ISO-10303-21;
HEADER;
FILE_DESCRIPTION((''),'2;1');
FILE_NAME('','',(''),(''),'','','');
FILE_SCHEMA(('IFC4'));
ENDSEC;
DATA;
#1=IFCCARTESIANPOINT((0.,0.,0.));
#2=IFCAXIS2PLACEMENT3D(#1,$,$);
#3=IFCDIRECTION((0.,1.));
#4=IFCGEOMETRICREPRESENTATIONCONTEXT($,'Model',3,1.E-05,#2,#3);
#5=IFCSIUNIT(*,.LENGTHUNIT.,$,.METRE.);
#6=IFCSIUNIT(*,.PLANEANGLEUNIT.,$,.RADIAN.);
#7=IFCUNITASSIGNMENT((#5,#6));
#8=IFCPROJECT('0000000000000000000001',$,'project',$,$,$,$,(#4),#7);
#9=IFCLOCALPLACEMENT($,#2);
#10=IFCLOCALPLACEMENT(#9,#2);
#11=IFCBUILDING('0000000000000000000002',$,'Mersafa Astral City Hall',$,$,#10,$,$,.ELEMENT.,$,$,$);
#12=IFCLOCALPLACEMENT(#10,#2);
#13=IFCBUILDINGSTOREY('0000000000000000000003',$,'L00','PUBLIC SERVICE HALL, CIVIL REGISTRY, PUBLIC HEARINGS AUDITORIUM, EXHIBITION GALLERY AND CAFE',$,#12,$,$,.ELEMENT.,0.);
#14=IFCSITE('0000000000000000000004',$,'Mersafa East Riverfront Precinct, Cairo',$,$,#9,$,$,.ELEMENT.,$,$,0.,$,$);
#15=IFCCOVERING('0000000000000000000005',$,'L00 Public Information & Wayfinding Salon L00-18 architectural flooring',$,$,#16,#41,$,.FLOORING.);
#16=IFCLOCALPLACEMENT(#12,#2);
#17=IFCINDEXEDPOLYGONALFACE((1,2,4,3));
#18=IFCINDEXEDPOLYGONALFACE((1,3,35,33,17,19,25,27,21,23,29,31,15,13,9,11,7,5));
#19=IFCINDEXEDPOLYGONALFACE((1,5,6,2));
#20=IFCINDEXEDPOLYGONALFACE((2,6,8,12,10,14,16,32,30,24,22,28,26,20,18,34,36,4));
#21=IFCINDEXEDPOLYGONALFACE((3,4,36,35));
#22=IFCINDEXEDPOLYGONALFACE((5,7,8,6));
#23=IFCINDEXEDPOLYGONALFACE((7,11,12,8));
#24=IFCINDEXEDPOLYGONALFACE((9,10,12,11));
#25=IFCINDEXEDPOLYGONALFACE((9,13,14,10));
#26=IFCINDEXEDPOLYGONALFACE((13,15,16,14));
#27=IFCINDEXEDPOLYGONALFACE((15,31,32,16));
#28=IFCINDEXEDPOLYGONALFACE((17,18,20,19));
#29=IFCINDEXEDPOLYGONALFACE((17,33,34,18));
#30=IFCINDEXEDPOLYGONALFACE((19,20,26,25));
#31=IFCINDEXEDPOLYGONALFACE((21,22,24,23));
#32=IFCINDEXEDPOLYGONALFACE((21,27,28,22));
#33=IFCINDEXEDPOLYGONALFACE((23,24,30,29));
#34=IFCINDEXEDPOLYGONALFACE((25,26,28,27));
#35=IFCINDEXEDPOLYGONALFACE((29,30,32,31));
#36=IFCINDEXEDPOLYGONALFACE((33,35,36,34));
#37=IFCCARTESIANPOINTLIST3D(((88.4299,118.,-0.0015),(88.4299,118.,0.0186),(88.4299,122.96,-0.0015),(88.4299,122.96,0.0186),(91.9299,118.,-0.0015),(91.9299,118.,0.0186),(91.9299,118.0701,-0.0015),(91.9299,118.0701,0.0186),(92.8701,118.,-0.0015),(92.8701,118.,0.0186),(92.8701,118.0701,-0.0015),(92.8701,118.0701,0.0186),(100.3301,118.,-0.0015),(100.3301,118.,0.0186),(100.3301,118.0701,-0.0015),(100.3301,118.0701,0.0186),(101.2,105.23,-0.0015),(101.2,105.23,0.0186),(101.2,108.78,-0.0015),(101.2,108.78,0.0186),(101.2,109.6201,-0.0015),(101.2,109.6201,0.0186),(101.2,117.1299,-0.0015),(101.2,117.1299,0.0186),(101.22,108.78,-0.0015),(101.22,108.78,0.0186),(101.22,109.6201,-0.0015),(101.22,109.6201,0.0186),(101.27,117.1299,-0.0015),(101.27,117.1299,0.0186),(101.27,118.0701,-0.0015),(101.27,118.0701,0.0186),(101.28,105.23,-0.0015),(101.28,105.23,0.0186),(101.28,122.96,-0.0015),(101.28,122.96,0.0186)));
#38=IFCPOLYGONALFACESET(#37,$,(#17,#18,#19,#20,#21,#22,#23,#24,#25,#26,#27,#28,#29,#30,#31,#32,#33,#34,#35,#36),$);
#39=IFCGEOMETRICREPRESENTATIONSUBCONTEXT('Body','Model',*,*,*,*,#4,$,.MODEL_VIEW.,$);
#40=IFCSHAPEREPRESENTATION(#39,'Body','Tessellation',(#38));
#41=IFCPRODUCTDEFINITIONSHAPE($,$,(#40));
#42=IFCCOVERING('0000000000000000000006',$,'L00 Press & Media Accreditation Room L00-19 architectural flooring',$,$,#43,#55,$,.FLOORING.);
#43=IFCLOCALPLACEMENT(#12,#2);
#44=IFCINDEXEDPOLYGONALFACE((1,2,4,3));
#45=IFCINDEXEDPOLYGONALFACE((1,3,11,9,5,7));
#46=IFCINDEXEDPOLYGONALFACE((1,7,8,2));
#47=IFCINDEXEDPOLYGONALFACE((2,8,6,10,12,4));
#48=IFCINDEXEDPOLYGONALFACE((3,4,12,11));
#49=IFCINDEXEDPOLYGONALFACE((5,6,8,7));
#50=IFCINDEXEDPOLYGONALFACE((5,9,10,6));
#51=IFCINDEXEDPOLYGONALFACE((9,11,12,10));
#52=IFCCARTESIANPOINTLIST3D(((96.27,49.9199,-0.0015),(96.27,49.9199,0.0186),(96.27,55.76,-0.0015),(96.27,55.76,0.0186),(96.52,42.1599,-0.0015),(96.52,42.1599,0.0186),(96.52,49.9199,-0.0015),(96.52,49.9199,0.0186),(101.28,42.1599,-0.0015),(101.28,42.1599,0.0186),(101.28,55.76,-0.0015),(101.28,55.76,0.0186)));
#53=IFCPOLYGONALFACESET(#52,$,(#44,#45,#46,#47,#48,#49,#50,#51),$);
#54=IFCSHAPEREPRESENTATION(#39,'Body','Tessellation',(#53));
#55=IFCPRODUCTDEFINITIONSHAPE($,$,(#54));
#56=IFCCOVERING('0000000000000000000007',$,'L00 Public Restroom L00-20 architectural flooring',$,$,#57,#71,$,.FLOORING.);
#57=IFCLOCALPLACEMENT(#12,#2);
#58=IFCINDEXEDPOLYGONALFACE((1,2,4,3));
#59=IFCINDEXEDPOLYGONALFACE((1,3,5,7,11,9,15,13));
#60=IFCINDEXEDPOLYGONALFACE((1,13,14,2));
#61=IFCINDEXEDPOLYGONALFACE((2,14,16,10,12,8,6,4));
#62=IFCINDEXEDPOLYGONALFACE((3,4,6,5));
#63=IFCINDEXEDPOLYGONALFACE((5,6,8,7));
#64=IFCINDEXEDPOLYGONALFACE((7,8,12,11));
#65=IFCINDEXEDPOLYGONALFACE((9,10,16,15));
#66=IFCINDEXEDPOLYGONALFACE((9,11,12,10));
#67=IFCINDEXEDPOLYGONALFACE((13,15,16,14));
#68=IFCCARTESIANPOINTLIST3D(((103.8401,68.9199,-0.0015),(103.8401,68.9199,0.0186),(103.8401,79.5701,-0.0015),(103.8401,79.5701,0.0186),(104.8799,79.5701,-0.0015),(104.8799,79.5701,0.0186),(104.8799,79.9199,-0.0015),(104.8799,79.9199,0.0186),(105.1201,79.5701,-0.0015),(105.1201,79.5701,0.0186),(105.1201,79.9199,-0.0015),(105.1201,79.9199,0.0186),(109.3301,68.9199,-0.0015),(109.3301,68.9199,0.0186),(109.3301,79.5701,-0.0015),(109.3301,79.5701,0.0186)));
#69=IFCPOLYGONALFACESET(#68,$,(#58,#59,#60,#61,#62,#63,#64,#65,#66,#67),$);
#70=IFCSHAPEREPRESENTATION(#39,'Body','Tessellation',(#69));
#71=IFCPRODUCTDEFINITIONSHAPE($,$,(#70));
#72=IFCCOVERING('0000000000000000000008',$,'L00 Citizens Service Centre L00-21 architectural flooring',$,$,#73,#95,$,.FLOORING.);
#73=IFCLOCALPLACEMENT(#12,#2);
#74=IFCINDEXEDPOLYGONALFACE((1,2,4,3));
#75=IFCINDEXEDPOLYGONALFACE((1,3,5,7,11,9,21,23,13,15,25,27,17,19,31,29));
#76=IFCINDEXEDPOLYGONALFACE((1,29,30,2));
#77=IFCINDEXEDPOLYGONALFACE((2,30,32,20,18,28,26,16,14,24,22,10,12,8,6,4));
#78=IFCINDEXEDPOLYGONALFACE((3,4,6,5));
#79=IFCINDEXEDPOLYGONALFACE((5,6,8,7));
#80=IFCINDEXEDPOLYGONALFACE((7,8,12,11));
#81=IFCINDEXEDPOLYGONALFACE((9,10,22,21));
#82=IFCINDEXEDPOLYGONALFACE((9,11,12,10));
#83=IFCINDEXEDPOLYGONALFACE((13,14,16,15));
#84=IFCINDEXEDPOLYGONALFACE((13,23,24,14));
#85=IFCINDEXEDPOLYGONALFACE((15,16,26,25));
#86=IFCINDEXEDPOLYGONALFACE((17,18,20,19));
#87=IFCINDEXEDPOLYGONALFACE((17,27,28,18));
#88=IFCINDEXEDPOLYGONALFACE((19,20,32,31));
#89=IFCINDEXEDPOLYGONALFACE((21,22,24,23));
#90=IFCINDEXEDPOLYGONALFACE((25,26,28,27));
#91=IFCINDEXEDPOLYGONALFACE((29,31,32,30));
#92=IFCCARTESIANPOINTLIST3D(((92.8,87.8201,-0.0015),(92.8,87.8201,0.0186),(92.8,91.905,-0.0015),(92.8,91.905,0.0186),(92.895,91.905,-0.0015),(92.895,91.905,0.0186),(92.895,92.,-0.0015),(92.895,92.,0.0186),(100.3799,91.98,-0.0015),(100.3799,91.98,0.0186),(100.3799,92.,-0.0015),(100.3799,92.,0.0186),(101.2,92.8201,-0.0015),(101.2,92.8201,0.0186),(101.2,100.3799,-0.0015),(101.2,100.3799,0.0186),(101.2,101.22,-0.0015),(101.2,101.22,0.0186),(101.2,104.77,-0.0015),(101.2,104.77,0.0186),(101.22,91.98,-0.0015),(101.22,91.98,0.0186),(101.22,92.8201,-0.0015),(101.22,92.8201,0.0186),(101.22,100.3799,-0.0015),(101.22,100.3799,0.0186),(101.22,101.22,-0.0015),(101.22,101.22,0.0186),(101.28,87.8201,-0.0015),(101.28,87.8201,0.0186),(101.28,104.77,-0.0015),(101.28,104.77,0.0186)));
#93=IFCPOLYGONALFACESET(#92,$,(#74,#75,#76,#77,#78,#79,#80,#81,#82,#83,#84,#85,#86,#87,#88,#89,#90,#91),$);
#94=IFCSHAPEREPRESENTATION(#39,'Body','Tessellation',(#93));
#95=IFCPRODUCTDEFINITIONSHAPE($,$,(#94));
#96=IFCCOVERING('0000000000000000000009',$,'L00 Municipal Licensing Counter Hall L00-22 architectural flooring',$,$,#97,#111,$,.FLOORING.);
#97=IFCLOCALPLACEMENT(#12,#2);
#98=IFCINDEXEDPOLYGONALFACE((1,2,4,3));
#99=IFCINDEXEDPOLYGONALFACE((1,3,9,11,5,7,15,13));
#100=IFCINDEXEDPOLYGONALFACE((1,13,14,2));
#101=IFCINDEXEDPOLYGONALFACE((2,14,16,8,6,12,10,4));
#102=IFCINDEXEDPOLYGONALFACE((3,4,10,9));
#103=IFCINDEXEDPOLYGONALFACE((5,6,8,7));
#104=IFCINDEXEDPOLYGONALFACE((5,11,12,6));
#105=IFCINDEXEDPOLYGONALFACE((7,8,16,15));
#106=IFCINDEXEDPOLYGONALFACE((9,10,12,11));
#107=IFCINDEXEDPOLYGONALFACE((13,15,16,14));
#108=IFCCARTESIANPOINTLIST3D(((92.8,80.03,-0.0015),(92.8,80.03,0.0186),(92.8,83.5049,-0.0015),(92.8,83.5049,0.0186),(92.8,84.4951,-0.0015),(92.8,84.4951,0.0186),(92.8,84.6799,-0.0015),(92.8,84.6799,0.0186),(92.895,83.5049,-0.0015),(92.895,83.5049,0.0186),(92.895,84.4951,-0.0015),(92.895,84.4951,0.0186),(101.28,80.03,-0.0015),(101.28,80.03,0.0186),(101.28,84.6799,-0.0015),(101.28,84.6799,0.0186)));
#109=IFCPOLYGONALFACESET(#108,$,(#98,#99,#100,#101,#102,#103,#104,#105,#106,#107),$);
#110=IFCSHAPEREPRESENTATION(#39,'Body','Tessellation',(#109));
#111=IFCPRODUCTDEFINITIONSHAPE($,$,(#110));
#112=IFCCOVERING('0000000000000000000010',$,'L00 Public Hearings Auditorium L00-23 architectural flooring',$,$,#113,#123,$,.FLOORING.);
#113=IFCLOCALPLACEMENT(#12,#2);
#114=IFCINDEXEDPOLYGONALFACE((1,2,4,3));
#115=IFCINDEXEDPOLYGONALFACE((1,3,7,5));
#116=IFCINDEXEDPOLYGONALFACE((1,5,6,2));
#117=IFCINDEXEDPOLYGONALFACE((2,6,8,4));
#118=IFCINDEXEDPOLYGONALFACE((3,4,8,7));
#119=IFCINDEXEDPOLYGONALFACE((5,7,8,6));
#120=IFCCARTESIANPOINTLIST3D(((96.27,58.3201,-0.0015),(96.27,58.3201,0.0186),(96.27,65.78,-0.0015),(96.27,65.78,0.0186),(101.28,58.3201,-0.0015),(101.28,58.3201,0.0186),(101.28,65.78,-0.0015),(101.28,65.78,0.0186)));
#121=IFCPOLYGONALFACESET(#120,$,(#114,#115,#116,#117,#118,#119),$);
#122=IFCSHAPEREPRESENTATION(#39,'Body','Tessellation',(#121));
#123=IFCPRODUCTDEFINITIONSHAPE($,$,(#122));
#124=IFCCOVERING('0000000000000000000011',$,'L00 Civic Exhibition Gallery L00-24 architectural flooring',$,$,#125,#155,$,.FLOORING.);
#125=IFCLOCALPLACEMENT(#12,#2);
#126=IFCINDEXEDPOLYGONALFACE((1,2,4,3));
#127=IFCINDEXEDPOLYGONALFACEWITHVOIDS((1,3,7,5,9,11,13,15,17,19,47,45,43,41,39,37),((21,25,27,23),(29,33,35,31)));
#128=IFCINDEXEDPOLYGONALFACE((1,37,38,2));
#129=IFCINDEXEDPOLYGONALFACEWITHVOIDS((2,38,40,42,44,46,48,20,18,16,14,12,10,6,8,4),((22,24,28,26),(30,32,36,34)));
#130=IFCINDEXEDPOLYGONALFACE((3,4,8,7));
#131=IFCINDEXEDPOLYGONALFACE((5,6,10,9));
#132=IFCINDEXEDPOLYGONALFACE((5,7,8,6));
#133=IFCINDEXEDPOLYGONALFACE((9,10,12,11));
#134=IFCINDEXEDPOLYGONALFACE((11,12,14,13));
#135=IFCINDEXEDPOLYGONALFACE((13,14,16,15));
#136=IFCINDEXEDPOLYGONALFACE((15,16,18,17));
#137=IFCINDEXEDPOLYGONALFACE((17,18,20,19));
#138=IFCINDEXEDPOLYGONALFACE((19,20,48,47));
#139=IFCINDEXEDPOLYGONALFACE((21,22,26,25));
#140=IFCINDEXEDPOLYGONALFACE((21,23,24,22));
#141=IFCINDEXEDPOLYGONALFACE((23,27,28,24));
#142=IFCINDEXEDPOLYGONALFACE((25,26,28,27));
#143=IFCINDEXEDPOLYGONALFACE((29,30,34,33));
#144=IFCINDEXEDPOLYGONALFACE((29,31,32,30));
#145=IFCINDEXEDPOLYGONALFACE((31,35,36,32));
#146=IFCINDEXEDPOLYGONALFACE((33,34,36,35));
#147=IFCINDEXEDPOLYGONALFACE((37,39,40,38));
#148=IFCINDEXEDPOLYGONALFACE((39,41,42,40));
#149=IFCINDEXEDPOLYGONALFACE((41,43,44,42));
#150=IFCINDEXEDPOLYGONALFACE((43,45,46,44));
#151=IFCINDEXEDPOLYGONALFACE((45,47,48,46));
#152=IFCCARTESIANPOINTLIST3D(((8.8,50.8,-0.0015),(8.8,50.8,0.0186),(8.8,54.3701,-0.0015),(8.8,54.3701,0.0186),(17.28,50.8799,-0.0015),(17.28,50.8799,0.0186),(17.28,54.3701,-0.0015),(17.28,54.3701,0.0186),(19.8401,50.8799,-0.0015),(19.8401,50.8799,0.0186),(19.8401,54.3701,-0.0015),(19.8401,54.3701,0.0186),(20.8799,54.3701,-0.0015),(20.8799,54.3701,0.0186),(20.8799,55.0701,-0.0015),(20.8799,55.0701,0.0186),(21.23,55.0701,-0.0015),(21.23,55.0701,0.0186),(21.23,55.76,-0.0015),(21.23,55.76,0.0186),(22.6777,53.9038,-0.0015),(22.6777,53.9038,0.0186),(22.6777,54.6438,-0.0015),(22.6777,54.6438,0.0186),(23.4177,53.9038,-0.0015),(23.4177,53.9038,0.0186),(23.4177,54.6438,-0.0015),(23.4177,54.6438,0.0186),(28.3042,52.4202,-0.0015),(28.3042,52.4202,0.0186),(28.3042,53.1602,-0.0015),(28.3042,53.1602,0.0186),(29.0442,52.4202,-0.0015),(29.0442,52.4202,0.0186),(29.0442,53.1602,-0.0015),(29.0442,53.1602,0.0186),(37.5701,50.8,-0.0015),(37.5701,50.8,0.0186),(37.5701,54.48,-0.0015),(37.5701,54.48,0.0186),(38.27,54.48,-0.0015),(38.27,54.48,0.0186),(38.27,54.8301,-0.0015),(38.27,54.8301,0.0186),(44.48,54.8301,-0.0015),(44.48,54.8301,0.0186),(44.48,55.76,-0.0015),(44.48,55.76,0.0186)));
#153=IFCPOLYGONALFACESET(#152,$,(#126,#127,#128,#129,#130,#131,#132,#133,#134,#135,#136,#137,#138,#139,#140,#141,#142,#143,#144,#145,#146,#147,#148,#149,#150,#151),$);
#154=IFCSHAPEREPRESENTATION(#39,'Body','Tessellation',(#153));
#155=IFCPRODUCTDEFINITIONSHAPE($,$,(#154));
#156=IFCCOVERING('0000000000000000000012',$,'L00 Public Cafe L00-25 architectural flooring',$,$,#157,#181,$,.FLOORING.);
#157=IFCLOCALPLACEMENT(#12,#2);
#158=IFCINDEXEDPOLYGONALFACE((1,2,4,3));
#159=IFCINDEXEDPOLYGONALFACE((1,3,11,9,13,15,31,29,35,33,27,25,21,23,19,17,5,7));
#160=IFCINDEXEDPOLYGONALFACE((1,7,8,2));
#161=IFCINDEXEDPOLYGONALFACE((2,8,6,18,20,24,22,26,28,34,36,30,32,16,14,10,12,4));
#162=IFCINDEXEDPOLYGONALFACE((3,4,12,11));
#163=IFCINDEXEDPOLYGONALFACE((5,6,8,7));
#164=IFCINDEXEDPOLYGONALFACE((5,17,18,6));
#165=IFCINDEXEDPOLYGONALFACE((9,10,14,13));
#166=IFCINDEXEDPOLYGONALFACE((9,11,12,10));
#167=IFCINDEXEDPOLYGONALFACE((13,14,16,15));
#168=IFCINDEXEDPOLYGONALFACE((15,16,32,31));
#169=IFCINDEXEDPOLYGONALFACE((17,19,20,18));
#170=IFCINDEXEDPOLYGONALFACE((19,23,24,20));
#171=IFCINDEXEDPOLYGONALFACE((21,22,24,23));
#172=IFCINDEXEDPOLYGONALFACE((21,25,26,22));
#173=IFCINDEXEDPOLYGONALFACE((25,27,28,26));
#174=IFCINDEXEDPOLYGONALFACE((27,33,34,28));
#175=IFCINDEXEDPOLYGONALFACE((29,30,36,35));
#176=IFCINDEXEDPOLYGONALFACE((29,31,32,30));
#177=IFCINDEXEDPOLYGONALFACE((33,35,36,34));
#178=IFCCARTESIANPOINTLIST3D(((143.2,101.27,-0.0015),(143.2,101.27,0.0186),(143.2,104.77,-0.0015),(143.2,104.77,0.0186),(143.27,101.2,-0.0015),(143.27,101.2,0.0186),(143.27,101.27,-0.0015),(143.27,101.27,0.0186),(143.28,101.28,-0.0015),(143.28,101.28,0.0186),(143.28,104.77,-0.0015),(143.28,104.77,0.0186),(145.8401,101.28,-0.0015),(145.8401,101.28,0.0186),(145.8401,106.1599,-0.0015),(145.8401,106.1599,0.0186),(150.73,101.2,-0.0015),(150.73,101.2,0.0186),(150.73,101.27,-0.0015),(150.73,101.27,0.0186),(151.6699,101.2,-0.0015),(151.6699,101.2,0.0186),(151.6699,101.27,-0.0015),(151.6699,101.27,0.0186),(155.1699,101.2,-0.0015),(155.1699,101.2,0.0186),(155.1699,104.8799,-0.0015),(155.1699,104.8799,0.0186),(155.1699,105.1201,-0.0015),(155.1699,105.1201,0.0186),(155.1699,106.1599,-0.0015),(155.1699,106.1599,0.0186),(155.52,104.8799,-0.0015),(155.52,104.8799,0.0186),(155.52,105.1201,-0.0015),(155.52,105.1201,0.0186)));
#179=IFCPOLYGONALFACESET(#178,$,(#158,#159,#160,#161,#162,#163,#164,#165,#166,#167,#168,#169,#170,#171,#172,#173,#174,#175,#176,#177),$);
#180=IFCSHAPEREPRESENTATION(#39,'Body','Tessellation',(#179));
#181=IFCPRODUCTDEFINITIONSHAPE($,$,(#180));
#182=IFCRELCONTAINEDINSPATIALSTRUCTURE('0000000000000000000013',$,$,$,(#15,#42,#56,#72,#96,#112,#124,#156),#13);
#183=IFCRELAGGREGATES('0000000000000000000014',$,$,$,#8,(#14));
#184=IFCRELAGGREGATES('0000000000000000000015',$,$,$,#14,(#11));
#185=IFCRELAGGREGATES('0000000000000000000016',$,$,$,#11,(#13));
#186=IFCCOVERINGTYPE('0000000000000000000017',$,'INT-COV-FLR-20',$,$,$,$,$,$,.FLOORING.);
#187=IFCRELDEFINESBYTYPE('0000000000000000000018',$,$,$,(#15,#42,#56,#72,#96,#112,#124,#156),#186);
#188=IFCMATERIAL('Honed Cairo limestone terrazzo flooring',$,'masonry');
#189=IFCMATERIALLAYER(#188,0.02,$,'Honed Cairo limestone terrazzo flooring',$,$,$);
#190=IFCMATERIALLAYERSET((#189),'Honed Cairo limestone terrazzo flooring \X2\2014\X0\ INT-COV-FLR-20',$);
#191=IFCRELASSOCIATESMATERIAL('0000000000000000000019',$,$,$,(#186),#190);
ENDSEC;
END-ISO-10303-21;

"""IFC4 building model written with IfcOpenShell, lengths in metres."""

from ifc_helpers import new_model, si_unit, direction, frame, origin, place, context, subcontext, project, spatial, polyline, outline, extrude, material, layer, layer_set, type_object, element, save


model = new_model("IFC4")

# Units and contexts
model_context = context("Model", 3, precision=1e-05, world=origin(), true_north=direction((0.0, 1.0)))
body_context = subcontext(model_context, "Body", "Model", "MODEL_VIEW")
ifc_project = project(units=[si_unit("LENGTHUNIT", "METRE"), si_unit("PLANEANGLEUNIT", "RADIAN")], contexts=[model_context])

# Site, building, storey
site_placement = place(None, origin())
site = spatial("IfcSite", under=ifc_project, at=site_placement, Name="Mersafa East Riverfront Precinct, Cairo", CompositionType="ELEMENT", RefElevation=0.0)
building_placement = place(site_placement, origin())
building = spatial("IfcBuilding", under=site, at=building_placement, Name="Mersafa Astral City Hall", CompositionType="ELEMENT")
storey_placement = place(building_placement, origin())
storey = spatial("IfcBuildingStorey", under=building, at=storey_placement, Name="L00", Description="PUBLIC SERVICE HALL, CIVIL REGISTRY, PUBLIC HEARINGS AUDITORIUM, EXHIBITION GALLERY AND CAFE", CompositionType="ELEMENT", Elevation=0.0)

# Coverings
ifc_material_1 = material(Name="Honed Cairo limestone terrazzo flooring", Category="masonry")
ifc_layer_1 = layer(ifc_material_1, 0.02, Name="Honed Cairo limestone terrazzo flooring")
ifc_layer_set_1 = layer_set([ifc_layer_1], Name="Honed Cairo limestone terrazzo flooring — INT-COV-FLR-20")
covering_type_1 = type_object("IfcCoveringType", Name="INT-COV-FLR-20", PredefinedType="FLOORING", material=ifc_layer_set_1)
covering_1_placement = place(storey_placement, frame((0.0, 0.0, -0.0015)))
element("IfcCovering", 1, at=covering_1_placement, inside=storey, type_object=covering_type_1, Name="L00 Public Information & Wayfinding Salon L00-18 architectural flooring", PredefinedType="FLOORING", context=body_context, shape_type="SweptSolid", body=[
    extrude(outline(polyline([(88.4299, 118.0), (88.4299, 122.96), (101.28, 122.96), (101.28, 105.23), (101.2, 105.23), (101.2, 108.78), (101.22, 108.78), (101.22, 109.6201), (101.2, 109.6201), (101.2, 117.1299), (101.27, 117.1299), (101.27, 118.0701), (100.3301, 118.0701), (100.3301, 118.0), (92.8701, 118.0), (92.8701, 118.0701), (91.9299, 118.0701), (91.9299, 118.0), (88.4299, 118.0)])), origin(), (0.0, 0.0, 1.0), 0.02),
])
covering_2_placement = place(storey_placement, frame((0.0, 0.0, -0.0015)))
element("IfcCovering", 2, at=covering_2_placement, inside=storey, type_object=covering_type_1, Name="L00 Press & Media Accreditation Room L00-19 architectural flooring", PredefinedType="FLOORING", context=body_context, shape_type="SweptSolid", body=[
    extrude(outline(polyline([(101.28, 42.1599), (96.52, 42.1599), (96.52, 49.9199), (96.27, 49.9199), (96.27, 55.76), (101.28, 55.76), (101.28, 42.1599)])), origin(), (0.0, 0.0, 1.0), 0.02),
])
covering_3_placement = place(storey_placement, frame((0.0, 0.0, -0.0015)))
element("IfcCovering", 3, at=covering_3_placement, inside=storey, type_object=covering_type_1, Name="L00 Public Restroom L00-20 architectural flooring", PredefinedType="FLOORING", context=body_context, shape_type="SweptSolid", body=[
    extrude(outline(polyline([(105.1201, 79.5701), (109.3301, 79.5701), (109.3301, 68.9199), (103.8401, 68.9199), (103.8401, 79.5701), (104.8799, 79.5701), (104.8799, 79.9199), (105.1201, 79.9199), (105.1201, 79.5701)])), origin(), (0.0, 0.0, 1.0), 0.02),
])
covering_4_placement = place(storey_placement, frame((0.0, 0.0, -0.0015)))
element("IfcCovering", 4, at=covering_4_placement, inside=storey, type_object=covering_type_1, Name="L00 Citizens Service Centre L00-21 architectural flooring", PredefinedType="FLOORING", context=body_context, shape_type="SweptSolid", body=[
    extrude(outline(polyline([(92.895, 91.905), (92.895, 92.0), (100.3799, 92.0), (100.3799, 91.98), (101.22, 91.98), (101.22, 92.8201), (101.2, 92.8201), (101.2, 100.3799), (101.22, 100.3799), (101.22, 101.22), (101.2, 101.22), (101.2, 104.77), (101.28, 104.77), (101.28, 87.8201), (92.8, 87.8201), (92.8, 91.905), (92.895, 91.905)])), origin(), (0.0, 0.0, 1.0), 0.02),
])
covering_5_placement = place(storey_placement, frame((0.0, 0.0, -0.0015)))
element("IfcCovering", 5, at=covering_5_placement, inside=storey, type_object=covering_type_1, Name="L00 Municipal Licensing Counter Hall L00-22 architectural flooring", PredefinedType="FLOORING", context=body_context, shape_type="SweptSolid", body=[
    extrude(outline(polyline([(92.895, 83.5049), (92.895, 84.4951), (92.8, 84.4951), (92.8, 84.6799), (101.28, 84.6799), (101.28, 80.03), (92.8, 80.03), (92.8, 83.5049), (92.895, 83.5049)])), origin(), (0.0, 0.0, 1.0), 0.02),
])
covering_6_placement = place(storey_placement, frame((0.0, 0.0, -0.0015)))
element("IfcCovering", 6, at=covering_6_placement, inside=storey, type_object=covering_type_1, Name="L00 Public Hearings Auditorium L00-23 architectural flooring", PredefinedType="FLOORING", context=body_context, shape_type="SweptSolid", body=[
    extrude(outline(polyline([(96.27, 65.78), (101.28, 65.78), (101.28, 58.3201), (96.27, 58.3201), (96.27, 65.78)])), origin(), (0.0, 0.0, 1.0), 0.02),
])
covering_7_placement = place(storey_placement, frame((0.0, 0.0, -0.0015)))
element("IfcCovering", 7, at=covering_7_placement, inside=storey, type_object=covering_type_1, Name="L00 Civic Exhibition Gallery L00-24 architectural flooring", PredefinedType="FLOORING", context=body_context, shape_type="SweptSolid", body=[
    extrude(outline(polyline([(44.48, 55.76), (44.48, 54.8301), (38.27, 54.8301), (38.27, 54.48), (37.5701, 54.48), (37.5701, 50.8), (8.8, 50.8), (8.8, 54.3701), (17.28, 54.3701), (17.28, 50.8799), (19.8401, 50.8799), (19.8401, 54.3701), (20.8799, 54.3701), (20.8799, 55.0701), (21.23, 55.0701), (21.23, 55.76), (44.48, 55.76)]), holes=[polyline([(28.3042, 52.4202), (29.0442, 52.4202), (29.0442, 53.1602), (28.3042, 53.1602), (28.3042, 52.4202)]), polyline([(22.6777, 53.9038), (23.4177, 53.9038), (23.4177, 54.6438), (22.6777, 54.6438), (22.6777, 53.9038)])]), origin(), (0.0, 0.0, 1.0), 0.02),
])
covering_8_placement = place(storey_placement, frame((0.0, 0.0, -0.0015)))
element("IfcCovering", 8, at=covering_8_placement, inside=storey, type_object=covering_type_1, Name="L00 Public Cafe L00-25 architectural flooring", PredefinedType="FLOORING", context=body_context, shape_type="SweptSolid", body=[
    extrude(outline(polyline([(143.27, 101.27), (143.2, 101.27), (143.2, 104.77), (143.28, 104.77), (143.28, 101.28), (145.8401, 101.28), (145.8401, 106.1599), (155.1699, 106.1599), (155.1699, 105.1201), (155.52, 105.1201), (155.52, 104.8799), (155.1699, 104.8799), (155.1699, 101.2), (151.6699, 101.2), (151.6699, 101.27), (150.73, 101.27), (150.73, 101.2), (143.27, 101.2), (143.27, 101.27)])), origin(), (0.0, 0.0, 1.0), 0.02),
])

save(model, "model.ifc")
